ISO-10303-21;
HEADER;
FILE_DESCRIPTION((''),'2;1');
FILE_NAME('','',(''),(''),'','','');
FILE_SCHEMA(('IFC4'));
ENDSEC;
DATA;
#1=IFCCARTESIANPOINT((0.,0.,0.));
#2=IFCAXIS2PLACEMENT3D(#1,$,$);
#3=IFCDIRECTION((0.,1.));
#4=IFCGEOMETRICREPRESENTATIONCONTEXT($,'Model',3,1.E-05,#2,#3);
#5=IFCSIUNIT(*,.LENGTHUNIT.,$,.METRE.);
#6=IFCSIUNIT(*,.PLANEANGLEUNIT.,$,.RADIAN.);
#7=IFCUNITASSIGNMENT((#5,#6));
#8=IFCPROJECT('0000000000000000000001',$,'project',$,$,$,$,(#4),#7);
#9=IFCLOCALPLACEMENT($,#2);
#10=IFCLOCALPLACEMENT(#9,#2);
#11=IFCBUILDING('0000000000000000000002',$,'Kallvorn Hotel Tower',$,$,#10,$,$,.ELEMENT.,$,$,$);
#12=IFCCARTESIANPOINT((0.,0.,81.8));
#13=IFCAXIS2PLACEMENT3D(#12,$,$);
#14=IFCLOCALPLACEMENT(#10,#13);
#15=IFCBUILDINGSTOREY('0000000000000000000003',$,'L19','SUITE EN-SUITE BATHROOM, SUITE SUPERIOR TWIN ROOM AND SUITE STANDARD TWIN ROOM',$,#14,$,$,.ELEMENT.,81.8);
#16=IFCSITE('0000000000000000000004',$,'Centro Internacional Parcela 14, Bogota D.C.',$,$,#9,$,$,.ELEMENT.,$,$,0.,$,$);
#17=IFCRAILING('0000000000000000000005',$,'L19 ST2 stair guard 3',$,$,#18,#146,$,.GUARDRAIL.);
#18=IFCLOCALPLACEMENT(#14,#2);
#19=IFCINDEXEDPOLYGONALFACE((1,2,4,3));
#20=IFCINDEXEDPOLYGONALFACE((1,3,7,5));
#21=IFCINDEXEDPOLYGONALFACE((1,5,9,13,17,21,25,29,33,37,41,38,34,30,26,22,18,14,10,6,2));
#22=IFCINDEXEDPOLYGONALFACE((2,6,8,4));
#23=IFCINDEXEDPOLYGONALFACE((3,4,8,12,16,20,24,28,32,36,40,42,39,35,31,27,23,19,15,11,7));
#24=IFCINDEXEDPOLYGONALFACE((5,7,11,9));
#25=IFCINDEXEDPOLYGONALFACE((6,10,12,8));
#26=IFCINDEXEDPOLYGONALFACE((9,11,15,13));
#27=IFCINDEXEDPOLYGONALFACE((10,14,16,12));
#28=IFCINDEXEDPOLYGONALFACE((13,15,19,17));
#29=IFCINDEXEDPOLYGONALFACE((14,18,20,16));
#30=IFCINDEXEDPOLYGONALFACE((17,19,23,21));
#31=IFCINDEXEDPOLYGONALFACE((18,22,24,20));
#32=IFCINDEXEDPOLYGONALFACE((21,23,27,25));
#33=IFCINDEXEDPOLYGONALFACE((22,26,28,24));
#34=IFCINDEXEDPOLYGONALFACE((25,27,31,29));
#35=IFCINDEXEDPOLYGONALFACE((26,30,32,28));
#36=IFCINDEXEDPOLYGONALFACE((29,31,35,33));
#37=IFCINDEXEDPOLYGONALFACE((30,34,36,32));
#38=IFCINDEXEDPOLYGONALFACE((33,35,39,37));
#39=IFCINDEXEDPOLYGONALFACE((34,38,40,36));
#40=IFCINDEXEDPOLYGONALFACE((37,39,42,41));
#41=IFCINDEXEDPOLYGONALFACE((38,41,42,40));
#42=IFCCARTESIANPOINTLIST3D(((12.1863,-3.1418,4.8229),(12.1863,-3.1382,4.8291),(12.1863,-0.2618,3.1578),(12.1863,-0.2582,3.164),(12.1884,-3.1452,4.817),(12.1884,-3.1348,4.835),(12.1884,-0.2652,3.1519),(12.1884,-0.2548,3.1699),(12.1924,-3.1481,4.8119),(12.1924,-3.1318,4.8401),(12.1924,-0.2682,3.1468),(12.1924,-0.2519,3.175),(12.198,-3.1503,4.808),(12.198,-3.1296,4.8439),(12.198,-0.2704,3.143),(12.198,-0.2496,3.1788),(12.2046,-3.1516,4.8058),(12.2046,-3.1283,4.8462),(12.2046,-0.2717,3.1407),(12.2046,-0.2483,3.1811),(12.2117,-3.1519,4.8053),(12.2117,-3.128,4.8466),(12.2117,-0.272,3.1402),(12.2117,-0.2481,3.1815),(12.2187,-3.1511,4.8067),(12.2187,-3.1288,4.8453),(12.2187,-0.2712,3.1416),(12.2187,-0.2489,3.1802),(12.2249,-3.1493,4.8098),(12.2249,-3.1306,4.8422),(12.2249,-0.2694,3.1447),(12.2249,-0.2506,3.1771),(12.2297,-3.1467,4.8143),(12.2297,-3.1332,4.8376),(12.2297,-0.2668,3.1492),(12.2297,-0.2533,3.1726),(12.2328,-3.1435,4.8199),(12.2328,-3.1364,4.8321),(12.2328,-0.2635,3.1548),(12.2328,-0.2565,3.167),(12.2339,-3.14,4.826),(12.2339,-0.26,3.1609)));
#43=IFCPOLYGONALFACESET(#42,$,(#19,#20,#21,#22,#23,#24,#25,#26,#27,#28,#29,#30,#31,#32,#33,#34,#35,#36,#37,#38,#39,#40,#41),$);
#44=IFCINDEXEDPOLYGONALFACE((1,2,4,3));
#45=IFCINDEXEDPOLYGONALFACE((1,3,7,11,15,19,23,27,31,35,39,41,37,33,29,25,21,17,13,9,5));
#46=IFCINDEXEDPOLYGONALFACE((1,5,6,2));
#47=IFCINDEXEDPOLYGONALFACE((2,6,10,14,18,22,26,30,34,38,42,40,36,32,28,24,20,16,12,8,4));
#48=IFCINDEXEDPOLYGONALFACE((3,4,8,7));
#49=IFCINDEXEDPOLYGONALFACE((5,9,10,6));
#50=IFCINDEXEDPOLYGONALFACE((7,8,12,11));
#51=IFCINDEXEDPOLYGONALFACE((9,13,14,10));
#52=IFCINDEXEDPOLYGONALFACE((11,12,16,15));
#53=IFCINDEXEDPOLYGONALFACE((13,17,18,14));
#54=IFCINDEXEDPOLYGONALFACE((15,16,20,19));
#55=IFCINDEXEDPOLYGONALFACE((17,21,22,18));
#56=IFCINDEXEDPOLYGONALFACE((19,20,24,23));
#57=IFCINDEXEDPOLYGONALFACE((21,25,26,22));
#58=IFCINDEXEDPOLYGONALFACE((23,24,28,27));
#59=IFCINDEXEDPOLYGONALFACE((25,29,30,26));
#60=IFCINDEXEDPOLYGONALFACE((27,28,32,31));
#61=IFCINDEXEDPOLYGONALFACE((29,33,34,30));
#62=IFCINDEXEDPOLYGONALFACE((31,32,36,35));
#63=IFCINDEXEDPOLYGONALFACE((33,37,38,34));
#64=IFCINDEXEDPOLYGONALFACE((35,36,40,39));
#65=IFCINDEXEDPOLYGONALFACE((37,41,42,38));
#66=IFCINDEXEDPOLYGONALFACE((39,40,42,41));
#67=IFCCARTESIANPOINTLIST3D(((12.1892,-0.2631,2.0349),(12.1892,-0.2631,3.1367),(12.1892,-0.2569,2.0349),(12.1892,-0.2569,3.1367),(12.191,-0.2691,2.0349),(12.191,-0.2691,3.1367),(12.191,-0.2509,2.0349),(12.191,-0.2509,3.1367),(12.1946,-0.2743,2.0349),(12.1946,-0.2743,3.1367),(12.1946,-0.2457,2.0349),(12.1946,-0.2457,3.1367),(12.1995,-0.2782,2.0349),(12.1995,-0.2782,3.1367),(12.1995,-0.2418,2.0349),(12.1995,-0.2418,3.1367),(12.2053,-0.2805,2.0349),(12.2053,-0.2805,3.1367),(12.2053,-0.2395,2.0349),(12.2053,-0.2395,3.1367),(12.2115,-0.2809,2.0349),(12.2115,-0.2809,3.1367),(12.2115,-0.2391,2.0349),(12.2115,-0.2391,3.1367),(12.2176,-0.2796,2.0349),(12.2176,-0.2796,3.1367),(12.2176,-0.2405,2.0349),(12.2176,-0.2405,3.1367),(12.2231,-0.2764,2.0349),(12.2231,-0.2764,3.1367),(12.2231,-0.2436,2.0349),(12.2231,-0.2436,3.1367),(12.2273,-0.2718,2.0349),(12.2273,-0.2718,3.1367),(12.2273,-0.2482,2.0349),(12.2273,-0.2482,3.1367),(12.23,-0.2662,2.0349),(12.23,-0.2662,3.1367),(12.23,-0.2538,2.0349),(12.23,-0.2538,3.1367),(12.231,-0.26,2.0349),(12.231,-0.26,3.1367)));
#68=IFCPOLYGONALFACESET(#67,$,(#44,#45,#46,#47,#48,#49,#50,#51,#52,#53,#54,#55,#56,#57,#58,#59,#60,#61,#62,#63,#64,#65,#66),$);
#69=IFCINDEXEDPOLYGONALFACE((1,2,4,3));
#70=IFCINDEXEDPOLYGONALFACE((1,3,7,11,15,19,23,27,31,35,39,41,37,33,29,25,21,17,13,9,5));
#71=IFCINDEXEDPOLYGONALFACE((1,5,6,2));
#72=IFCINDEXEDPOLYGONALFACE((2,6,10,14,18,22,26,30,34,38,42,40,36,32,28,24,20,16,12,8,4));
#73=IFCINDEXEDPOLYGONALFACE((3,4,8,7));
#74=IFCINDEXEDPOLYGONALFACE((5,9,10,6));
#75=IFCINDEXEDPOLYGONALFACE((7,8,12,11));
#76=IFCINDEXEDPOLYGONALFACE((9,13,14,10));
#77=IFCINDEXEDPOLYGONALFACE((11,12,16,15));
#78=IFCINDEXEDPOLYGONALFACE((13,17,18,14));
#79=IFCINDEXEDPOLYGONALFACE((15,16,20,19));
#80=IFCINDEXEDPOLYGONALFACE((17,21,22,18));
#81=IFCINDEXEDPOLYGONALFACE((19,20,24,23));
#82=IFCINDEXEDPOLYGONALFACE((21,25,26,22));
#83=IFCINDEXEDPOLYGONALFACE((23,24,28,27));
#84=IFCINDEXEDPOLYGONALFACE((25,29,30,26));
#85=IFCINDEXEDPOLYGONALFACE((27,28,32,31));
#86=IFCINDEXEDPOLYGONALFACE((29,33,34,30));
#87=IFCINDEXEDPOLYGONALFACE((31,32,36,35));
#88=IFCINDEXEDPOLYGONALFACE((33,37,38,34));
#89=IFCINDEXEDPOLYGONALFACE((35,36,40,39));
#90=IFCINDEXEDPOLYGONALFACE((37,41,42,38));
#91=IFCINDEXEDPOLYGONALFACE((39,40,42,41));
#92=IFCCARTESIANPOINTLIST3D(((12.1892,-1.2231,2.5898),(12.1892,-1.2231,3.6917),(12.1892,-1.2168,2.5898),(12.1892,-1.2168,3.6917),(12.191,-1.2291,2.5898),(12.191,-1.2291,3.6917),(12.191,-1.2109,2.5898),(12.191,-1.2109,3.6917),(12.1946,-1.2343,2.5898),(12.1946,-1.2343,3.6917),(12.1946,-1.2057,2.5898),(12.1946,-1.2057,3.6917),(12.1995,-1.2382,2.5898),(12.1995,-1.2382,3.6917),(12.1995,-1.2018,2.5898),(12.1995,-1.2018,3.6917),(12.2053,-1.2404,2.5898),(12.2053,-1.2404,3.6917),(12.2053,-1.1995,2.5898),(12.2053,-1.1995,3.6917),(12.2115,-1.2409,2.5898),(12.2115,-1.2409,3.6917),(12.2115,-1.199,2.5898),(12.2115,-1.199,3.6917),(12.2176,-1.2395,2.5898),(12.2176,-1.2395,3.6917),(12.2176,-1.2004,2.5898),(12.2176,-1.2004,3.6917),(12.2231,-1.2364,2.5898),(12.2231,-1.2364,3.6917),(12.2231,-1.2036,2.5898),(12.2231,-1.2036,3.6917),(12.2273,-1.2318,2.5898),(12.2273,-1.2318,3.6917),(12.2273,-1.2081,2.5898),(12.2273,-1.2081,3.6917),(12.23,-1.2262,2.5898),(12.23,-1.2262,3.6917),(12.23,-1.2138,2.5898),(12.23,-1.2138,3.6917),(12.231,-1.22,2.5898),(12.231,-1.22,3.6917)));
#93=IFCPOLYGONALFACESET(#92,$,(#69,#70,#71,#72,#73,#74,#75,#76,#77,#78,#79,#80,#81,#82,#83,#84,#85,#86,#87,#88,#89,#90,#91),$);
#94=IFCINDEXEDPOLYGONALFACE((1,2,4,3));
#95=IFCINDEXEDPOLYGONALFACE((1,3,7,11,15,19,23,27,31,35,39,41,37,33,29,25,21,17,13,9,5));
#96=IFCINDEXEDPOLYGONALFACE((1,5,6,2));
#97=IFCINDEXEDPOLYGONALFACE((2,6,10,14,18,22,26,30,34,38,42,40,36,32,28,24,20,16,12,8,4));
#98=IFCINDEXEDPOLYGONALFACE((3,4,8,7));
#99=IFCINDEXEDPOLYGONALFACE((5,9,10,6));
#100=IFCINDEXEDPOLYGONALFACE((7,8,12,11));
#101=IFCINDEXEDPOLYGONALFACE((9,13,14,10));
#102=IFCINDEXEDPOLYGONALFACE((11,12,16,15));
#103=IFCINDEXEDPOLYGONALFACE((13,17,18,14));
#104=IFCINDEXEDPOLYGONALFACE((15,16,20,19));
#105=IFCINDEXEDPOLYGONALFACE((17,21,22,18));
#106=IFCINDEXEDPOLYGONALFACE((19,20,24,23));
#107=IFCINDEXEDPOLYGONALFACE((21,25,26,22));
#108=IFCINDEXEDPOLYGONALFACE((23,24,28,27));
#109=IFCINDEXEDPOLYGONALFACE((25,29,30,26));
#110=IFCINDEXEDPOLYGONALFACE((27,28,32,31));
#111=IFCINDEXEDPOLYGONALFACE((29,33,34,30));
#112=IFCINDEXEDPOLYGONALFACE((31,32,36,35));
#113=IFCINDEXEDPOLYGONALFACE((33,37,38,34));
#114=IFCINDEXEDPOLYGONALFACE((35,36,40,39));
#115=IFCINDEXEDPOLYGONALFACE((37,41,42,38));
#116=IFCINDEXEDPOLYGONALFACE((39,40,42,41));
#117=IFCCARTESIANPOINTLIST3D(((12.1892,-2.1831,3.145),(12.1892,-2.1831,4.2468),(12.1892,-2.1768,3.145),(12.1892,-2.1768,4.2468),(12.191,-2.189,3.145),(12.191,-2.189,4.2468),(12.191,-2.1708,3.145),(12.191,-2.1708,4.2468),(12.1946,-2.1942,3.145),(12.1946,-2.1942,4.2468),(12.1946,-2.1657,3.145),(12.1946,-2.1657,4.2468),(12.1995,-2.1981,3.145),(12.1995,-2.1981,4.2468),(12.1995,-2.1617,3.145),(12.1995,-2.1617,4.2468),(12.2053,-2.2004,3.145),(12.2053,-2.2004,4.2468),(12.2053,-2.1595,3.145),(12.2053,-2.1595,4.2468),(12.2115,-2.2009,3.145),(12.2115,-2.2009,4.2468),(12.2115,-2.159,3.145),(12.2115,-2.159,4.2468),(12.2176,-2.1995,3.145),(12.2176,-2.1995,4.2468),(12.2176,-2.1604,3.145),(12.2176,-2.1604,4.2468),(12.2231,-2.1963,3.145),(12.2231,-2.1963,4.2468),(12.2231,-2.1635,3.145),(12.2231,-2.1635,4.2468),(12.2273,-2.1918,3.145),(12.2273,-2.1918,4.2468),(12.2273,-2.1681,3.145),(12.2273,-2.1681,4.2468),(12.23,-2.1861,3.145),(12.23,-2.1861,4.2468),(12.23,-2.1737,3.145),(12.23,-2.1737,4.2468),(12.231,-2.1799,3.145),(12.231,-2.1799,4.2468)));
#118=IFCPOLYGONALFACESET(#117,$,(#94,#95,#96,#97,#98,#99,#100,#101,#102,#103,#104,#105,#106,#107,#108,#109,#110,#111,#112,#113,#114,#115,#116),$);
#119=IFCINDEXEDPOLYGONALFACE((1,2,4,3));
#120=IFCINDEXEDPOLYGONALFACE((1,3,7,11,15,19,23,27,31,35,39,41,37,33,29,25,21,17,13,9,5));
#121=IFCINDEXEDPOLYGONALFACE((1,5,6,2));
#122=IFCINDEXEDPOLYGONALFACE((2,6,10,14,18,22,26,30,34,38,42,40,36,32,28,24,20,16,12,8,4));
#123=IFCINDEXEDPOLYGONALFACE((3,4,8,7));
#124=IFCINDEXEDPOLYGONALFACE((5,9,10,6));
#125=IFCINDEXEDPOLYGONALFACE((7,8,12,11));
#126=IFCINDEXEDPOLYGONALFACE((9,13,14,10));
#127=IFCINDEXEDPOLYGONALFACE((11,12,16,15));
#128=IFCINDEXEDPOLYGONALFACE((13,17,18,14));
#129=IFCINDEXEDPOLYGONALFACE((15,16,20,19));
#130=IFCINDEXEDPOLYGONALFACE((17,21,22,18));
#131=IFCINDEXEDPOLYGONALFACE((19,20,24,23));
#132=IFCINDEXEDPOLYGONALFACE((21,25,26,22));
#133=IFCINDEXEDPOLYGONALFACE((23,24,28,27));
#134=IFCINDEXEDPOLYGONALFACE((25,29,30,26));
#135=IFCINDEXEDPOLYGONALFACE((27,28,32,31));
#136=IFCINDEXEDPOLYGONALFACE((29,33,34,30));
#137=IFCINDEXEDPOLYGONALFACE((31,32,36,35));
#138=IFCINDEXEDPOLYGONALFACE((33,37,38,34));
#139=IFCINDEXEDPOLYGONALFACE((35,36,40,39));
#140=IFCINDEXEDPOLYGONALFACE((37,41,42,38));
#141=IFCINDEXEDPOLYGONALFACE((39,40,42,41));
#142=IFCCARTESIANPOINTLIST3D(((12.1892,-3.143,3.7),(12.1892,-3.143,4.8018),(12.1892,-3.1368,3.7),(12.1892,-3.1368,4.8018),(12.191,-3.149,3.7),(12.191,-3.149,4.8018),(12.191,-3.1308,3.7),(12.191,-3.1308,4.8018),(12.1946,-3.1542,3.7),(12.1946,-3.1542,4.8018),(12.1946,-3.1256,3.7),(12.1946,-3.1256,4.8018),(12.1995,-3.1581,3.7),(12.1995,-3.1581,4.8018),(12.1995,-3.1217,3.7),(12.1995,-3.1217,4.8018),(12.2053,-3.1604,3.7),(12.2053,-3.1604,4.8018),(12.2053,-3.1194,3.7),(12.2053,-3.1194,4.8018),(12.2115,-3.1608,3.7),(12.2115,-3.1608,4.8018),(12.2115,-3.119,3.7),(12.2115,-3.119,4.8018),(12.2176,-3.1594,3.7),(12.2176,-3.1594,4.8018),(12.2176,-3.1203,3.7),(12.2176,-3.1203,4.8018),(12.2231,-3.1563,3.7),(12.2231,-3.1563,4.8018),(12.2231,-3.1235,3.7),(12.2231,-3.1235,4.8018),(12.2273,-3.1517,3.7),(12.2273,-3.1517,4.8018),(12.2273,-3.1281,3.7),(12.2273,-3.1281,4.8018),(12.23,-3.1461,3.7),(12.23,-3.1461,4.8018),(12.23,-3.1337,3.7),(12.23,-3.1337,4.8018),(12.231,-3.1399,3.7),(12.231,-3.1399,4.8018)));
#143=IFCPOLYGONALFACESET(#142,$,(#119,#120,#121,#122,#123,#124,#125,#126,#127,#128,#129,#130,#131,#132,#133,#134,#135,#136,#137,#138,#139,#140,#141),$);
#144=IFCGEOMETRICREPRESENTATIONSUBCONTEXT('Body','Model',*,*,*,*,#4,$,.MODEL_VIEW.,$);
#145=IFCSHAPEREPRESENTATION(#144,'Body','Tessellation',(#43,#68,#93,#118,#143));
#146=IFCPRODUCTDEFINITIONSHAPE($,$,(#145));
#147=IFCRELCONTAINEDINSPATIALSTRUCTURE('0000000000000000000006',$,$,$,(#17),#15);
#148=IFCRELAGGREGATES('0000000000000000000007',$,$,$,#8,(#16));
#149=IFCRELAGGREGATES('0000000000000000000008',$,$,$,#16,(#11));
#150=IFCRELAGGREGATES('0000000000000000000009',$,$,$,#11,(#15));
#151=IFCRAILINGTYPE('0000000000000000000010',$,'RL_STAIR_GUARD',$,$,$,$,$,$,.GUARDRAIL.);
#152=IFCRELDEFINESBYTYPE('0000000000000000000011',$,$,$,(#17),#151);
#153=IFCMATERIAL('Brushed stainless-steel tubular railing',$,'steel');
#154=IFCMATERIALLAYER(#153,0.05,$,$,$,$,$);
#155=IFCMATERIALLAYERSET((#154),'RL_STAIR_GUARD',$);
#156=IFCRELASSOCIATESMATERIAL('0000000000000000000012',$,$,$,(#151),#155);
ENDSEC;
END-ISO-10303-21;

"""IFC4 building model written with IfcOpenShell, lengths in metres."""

from ifc_helpers import new_model, si_unit, direction, frame, origin, origin_2d, place, context, subcontext, project, spatial, circle, extrude, material, layer, layer_set, type_object, element, save


model = new_model("IFC4")

# Units and contexts
model_context = context("Model", 3, precision=1e-05, world=origin(), true_north=direction((0.0, 1.0)))
body_context = subcontext(model_context, "Body", "Model", "MODEL_VIEW")
ifc_project = project(units=[si_unit("LENGTHUNIT", "METRE"), si_unit("PLANEANGLEUNIT", "RADIAN")], contexts=[model_context])

# Site, building, storey
site_placement = place(None, origin())
site = spatial("IfcSite", under=ifc_project, at=site_placement, Name="Centro Internacional Parcela 14, Bogota D.C.", CompositionType="ELEMENT", RefElevation=0.0)
building_placement = place(site_placement, origin())
building = spatial("IfcBuilding", under=site, at=building_placement, Name="Kallvorn Hotel Tower", CompositionType="ELEMENT")
storey_placement = place(building_placement, frame((0.0, 0.0, 81.8)))
storey = spatial("IfcBuildingStorey", under=building, at=storey_placement, Name="L19", Description="SUITE EN-SUITE BATHROOM, SUITE SUPERIOR TWIN ROOM AND SUITE STANDARD TWIN ROOM", CompositionType="ELEMENT", Elevation=81.8)

# Railing
ifc_material_1 = material(Name="Brushed stainless-steel tubular railing", Category="steel")
ifc_layer_1 = layer(ifc_material_1, 0.05)
ifc_layer_set_1 = layer_set([ifc_layer_1], Name="RL_STAIR_GUARD")
railing_type_1 = type_object("IfcRailingType", Name="RL_STAIR_GUARD", PredefinedType="GUARDRAIL", material=ifc_layer_set_1)
railing_1_placement = place(storey_placement, frame((12.21, -0.26, 2.0349)))
element("IfcRailing", 1, at=railing_1_placement, inside=storey, type_object=railing_type_1, Name="L19 ST2 stair guard 3", PredefinedType="GUARDRAIL", context=body_context, shape_type="SweptSolid", body=[
    extrude(circle(Radius=0.0239, at=origin_2d()), frame((0.0, 0.0, 1.126), z_axis=(0.0, -0.865721, 0.500527), x_axis=(1.0, 0.0, 0.0)), (0.0, 0.0, 1.0), 3.3267),
    extrude(circle(Radius=0.021, at=origin_2d()), origin(), (0.0, 0.0, 1.0), 1.1018),
    extrude(circle(Radius=0.021, at=origin_2d()), frame((0.0, -0.96, 0.5549)), (0.0, 0.0, 1.0), 1.1018),
    extrude(circle(Radius=0.021, at=origin_2d()), frame((0.0, -1.9199, 1.1101)), (0.0, 0.0, 1.0), 1.1018),
    extrude(circle(Radius=0.021, at=origin_2d()), frame((0.0, -2.8799, 1.665)), (0.0, 0.0, 1.0), 1.1018),
])

save(model, "model.ifc")
